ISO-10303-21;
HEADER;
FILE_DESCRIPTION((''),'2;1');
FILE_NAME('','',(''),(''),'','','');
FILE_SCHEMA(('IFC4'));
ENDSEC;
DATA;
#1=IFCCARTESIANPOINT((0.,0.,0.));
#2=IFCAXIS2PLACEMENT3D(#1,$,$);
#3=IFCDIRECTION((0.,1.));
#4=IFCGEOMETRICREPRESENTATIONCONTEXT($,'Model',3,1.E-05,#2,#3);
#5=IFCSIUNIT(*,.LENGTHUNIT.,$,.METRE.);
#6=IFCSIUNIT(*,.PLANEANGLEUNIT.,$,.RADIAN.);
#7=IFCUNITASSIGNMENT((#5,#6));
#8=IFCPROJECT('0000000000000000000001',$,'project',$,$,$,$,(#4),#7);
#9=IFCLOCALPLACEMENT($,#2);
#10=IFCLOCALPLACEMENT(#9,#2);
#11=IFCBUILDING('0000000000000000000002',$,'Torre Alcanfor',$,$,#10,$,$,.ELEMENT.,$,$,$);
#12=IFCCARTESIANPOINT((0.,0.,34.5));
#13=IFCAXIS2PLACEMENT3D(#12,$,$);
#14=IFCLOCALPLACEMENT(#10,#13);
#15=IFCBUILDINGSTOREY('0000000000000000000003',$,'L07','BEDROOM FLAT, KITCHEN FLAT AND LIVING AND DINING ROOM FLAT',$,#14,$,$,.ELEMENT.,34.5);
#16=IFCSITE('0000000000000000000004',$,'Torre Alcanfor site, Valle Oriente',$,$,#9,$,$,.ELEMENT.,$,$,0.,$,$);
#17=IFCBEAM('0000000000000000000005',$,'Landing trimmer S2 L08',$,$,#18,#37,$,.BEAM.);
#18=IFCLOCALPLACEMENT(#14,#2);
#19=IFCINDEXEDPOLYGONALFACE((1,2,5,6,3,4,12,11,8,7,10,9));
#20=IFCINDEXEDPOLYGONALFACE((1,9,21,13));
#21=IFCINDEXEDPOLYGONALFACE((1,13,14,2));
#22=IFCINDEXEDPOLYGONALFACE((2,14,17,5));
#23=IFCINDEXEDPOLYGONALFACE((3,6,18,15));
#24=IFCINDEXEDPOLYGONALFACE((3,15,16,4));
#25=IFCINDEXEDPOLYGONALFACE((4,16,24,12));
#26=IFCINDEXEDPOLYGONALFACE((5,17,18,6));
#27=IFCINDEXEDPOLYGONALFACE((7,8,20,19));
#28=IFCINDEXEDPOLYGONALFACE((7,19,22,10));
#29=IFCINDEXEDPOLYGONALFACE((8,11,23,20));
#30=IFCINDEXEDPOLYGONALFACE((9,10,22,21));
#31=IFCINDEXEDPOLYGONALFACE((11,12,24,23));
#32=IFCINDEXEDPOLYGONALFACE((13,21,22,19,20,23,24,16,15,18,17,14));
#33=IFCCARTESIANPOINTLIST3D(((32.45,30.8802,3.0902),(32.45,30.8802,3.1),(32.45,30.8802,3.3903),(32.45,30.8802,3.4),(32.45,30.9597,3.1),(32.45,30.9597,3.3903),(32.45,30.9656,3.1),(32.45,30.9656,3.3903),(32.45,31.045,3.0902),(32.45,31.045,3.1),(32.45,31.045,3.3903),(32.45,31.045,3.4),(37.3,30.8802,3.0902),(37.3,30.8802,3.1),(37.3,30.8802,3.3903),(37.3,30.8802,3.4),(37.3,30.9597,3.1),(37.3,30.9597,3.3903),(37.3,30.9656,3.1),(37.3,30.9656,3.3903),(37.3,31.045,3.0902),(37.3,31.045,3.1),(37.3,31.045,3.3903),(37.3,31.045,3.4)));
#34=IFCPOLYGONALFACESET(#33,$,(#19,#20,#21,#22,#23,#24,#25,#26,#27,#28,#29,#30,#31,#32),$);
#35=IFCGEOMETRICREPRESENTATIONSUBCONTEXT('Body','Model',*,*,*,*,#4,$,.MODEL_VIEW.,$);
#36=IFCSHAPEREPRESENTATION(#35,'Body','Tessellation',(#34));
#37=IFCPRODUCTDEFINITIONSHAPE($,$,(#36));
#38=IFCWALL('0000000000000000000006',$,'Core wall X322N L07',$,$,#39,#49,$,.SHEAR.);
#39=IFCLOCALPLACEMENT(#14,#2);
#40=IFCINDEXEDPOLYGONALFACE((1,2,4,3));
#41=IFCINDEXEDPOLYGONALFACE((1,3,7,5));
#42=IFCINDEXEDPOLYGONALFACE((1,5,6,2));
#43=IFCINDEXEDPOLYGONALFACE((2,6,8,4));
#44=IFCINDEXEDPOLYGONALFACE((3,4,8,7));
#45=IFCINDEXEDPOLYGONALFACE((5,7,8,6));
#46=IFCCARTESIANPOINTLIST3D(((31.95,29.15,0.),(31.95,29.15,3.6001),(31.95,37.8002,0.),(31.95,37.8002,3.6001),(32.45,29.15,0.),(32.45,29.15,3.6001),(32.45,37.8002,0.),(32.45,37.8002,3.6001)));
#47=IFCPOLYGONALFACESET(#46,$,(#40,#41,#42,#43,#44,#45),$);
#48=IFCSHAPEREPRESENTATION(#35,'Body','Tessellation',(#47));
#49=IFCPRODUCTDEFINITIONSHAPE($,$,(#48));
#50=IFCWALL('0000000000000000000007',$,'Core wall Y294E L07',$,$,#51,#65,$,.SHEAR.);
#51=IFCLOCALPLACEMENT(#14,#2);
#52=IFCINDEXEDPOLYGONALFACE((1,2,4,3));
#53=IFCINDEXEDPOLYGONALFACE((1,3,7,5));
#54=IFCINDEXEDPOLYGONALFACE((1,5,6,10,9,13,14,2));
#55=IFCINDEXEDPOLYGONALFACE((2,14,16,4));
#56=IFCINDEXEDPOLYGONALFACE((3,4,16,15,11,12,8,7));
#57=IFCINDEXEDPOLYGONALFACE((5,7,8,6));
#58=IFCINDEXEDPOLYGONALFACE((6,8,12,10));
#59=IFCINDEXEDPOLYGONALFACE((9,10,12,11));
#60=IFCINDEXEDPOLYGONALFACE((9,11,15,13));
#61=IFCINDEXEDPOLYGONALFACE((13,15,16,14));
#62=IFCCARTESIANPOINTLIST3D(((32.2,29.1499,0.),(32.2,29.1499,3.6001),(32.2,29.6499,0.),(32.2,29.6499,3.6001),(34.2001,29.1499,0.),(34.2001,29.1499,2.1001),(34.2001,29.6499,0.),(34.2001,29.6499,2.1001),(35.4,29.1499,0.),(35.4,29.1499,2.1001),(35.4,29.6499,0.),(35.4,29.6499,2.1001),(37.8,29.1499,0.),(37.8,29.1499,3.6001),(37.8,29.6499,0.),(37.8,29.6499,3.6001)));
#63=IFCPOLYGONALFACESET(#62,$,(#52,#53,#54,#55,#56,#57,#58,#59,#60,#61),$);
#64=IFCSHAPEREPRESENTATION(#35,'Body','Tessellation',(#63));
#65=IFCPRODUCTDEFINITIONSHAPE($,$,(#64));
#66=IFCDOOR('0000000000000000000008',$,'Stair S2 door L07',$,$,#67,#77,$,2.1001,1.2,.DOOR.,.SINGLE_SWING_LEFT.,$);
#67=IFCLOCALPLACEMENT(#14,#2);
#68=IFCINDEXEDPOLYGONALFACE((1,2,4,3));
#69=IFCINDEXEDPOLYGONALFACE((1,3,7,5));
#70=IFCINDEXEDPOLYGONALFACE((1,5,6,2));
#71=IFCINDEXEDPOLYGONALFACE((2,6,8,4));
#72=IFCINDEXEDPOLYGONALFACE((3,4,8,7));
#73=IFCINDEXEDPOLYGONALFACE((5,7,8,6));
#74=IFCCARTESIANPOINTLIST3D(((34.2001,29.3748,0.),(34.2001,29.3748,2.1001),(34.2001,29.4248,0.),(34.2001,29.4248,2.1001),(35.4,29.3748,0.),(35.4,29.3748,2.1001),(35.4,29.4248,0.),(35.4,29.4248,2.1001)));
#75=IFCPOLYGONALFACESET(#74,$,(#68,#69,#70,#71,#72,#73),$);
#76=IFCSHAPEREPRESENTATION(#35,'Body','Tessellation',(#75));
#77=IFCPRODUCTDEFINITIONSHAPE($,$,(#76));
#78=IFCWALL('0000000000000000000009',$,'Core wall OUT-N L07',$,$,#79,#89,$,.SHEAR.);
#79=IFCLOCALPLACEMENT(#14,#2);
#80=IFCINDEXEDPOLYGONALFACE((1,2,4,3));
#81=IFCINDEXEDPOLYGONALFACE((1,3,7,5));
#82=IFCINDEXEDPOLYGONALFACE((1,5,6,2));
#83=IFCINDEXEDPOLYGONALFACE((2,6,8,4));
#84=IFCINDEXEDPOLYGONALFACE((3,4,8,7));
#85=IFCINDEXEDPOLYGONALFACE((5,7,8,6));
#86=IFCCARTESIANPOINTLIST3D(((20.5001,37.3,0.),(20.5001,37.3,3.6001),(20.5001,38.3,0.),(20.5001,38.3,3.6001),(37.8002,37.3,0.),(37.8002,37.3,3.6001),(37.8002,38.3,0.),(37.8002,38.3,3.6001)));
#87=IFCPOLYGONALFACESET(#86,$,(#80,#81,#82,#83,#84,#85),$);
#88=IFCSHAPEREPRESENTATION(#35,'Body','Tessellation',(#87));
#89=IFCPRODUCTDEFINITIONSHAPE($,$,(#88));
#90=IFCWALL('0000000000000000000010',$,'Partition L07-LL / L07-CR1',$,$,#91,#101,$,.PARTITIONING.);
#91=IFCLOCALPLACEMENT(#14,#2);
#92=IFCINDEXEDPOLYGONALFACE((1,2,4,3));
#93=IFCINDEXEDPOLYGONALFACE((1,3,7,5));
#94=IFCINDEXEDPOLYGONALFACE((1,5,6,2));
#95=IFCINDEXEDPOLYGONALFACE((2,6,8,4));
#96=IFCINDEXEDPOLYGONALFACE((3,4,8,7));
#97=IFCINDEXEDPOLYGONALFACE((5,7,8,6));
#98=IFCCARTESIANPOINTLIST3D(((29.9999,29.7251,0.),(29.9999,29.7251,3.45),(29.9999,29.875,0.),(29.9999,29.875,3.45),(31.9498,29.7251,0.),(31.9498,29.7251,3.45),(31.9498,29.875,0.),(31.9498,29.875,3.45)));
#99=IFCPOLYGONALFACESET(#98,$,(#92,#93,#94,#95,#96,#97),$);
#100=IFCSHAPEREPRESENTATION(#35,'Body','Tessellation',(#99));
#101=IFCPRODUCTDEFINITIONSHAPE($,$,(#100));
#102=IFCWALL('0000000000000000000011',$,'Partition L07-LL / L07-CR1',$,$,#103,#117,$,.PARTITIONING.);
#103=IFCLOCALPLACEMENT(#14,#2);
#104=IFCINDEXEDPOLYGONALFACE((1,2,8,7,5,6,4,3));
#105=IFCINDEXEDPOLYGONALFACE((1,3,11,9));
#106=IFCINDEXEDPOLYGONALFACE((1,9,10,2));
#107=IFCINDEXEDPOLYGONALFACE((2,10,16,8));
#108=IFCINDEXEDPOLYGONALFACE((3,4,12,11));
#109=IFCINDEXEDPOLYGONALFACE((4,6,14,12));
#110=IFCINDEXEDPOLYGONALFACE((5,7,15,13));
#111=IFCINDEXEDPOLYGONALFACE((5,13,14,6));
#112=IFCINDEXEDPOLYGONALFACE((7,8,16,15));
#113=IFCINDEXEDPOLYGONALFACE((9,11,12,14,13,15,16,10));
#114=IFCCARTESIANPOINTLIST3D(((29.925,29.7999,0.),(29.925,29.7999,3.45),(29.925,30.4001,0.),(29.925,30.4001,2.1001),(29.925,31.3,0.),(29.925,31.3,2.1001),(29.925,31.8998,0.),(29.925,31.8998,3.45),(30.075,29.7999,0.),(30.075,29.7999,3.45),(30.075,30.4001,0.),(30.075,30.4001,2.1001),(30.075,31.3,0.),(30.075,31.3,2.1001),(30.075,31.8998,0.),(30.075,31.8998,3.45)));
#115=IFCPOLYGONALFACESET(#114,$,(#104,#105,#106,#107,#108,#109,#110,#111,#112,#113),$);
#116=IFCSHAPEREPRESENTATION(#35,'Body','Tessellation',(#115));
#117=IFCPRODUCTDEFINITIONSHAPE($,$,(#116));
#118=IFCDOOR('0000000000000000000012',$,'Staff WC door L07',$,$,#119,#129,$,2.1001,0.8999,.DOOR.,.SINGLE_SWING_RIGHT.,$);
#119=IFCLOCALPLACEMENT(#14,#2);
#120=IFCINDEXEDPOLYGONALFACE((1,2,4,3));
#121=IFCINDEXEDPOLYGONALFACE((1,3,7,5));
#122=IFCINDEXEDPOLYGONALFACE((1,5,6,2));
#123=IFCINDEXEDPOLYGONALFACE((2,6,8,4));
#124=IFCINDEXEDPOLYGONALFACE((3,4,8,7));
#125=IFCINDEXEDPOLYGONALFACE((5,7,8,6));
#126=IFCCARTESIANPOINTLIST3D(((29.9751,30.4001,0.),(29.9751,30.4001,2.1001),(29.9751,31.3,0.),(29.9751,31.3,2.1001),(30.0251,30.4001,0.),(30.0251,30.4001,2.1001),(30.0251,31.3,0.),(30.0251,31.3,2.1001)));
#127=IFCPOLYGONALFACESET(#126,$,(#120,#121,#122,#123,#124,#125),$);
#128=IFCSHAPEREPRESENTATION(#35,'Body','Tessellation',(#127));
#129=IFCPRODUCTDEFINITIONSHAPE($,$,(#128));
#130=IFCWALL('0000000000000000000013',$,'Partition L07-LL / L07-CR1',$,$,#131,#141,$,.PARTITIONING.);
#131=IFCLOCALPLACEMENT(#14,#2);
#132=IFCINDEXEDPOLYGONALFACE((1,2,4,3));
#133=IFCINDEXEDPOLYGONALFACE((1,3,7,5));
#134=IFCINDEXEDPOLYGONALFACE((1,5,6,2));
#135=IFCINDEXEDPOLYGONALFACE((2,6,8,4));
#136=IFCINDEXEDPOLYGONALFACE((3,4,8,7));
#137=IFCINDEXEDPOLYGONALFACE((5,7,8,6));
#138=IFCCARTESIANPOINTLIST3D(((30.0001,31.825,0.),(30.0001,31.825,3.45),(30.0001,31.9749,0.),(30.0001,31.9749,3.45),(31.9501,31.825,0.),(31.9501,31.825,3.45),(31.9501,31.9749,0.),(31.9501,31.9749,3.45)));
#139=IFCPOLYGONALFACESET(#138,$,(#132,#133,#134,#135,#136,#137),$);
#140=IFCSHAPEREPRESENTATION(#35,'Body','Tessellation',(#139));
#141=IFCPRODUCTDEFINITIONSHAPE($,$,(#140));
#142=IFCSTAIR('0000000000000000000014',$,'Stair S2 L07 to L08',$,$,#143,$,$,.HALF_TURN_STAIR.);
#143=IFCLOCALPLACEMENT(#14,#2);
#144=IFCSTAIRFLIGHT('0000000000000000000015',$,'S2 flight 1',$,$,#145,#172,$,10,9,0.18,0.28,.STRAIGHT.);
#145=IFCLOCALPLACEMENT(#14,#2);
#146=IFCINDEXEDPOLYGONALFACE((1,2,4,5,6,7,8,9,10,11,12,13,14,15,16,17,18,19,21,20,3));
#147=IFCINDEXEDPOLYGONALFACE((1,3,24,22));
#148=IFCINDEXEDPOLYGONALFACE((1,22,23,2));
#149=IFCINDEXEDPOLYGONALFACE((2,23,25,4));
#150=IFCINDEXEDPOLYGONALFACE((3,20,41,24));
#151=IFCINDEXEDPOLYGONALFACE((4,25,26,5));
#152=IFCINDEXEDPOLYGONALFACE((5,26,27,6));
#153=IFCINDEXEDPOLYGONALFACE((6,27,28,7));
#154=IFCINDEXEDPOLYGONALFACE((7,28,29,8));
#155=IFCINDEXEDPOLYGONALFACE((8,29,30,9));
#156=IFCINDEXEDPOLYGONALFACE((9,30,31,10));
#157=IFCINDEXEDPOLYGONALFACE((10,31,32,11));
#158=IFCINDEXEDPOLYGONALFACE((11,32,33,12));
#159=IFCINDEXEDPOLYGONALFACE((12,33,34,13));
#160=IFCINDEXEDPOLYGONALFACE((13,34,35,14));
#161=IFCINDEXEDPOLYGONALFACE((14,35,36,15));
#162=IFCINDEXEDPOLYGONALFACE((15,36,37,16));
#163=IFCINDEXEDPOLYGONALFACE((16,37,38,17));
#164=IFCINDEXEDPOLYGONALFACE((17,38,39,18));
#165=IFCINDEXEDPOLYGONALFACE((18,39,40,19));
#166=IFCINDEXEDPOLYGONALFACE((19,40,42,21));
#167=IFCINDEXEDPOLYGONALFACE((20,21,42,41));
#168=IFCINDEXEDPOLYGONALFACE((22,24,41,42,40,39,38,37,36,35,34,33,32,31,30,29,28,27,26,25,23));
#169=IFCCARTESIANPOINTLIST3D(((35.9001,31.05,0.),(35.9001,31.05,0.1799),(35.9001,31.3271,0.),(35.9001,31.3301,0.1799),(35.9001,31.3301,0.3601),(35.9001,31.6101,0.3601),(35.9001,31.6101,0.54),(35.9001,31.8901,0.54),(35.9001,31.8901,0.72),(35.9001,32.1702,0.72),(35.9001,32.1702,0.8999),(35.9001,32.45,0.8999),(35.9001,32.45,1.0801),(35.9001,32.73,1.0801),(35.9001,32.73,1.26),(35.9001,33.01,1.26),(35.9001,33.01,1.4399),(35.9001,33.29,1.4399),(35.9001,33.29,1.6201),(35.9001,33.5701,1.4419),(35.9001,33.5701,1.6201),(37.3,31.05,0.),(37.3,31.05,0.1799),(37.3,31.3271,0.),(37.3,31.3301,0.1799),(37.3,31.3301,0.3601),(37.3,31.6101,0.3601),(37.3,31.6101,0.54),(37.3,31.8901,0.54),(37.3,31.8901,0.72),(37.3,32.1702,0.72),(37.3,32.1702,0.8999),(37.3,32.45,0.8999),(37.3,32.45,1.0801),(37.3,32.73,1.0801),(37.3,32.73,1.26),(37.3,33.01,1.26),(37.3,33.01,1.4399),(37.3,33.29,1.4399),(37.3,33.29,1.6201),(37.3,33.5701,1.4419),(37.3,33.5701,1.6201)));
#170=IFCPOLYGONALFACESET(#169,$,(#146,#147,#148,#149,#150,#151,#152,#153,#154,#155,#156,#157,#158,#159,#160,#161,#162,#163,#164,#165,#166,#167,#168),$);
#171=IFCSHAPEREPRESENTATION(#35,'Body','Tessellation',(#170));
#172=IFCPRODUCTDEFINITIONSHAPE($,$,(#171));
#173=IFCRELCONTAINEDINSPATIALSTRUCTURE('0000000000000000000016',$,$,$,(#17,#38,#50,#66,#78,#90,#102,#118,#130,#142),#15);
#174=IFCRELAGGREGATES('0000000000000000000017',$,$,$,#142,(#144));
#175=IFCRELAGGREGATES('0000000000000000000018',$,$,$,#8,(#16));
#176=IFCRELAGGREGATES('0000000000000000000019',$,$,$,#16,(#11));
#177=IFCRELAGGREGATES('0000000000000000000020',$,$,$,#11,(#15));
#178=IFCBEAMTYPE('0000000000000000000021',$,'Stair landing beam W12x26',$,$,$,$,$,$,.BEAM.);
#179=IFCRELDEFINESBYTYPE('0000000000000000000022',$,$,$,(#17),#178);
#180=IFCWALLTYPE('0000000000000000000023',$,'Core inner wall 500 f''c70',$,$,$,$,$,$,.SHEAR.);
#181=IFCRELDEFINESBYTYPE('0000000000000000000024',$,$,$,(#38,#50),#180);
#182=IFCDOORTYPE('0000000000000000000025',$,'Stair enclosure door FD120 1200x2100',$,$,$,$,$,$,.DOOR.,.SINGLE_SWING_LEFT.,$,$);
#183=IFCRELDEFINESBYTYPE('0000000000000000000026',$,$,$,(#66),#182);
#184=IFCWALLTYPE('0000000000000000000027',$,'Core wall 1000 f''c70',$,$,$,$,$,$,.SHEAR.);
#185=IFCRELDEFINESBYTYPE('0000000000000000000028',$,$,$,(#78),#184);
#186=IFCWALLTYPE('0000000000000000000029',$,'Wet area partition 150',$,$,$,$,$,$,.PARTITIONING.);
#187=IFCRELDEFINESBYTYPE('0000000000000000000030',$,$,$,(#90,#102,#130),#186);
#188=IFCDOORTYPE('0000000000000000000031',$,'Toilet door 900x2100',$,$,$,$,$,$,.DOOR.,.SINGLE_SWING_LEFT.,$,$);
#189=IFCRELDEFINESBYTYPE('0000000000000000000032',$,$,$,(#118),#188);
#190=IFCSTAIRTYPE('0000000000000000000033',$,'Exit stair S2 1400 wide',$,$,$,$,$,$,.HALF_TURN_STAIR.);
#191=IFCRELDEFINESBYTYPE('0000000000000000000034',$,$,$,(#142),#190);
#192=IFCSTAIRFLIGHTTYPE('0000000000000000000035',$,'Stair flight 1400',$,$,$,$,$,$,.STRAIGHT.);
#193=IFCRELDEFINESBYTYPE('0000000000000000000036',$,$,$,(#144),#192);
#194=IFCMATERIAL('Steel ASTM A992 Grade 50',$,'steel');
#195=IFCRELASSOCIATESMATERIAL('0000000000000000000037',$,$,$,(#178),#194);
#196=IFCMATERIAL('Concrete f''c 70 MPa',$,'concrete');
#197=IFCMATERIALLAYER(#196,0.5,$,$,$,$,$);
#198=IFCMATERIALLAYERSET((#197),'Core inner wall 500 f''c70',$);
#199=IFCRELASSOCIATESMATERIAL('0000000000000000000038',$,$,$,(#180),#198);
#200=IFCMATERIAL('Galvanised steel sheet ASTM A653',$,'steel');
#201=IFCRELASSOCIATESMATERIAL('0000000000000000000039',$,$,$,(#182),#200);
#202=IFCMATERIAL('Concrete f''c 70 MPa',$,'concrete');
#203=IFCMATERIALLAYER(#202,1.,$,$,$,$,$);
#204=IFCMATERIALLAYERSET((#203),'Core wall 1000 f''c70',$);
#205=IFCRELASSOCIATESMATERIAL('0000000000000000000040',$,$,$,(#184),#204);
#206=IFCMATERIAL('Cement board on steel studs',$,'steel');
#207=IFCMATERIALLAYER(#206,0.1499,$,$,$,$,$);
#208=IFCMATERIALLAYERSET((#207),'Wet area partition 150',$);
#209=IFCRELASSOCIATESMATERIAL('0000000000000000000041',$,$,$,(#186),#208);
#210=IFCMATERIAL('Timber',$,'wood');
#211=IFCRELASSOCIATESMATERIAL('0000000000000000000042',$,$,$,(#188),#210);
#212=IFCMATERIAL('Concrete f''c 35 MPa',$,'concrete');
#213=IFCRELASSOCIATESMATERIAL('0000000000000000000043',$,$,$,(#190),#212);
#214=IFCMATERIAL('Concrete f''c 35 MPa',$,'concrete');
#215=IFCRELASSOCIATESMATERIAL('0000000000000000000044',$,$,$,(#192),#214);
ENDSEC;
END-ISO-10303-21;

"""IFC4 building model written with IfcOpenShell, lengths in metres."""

from ifc_helpers import new_model, si_unit, direction, frame, frame_2d, origin, origin_2d, place, context, subcontext, project, spatial, polyline, rectangle, i_section, outline, extrude, material, layer, layer_set, material_profile, profile_set, type_object, element, fill, aggregate, save


model = new_model("IFC4")

# Units and contexts
model_context = context("Model", 3, precision=1e-05, world=origin(), true_north=direction((0.0, 1.0)))
body_context = subcontext(model_context, "Body", "Model", "MODEL_VIEW")
ifc_project = project(units=[si_unit("LENGTHUNIT", "METRE"), si_unit("PLANEANGLEUNIT", "RADIAN")], contexts=[model_context])

# Site, building, storey
site_placement = place(None, origin())
site = spatial("IfcSite", under=ifc_project, at=site_placement, Name="Torre Alcanfor site, Valle Oriente", CompositionType="ELEMENT", RefElevation=0.0)
building_placement = place(site_placement, origin())
building = spatial("IfcBuilding", under=site, at=building_placement, Name="Torre Alcanfor", CompositionType="ELEMENT")
storey_placement = place(building_placement, frame((0.0, 0.0, 34.5)))
storey = spatial("IfcBuildingStorey", under=building, at=storey_placement, Name="L07", Description="BEDROOM FLAT, KITCHEN FLAT AND LIVING AND DINING ROOM FLAT", CompositionType="ELEMENT", Elevation=34.5)

# Beam
ifc_material_1 = material(Name="Steel ASTM A992 Grade 50", Category="steel")
ifc_material_profile = material_profile(ifc_material_1, i_section(OverallWidth=0.1648, OverallDepth=0.3098, WebThickness=0.0059, FlangeThickness=0.0098, at=origin_2d()), Name="W12x26")
ifc_profile_set = profile_set([ifc_material_profile], Name="Steel ASTM A992 Grade 50")
beam_type = type_object("IfcBeamType", Name="Stair landing beam W12x26", PredefinedType="BEAM", material=ifc_profile_set)
beam_placement = place(storey_placement, frame((32.45, 30.9626, 3.2451), z_axis=(1.0, 0.0, 0.0), x_axis=(0.0, 1.0, 0.0)))
element("IfcBeam", 1, at=beam_placement, inside=storey, type_object=beam_type, Name="Landing trimmer S2 L08", PredefinedType="BEAM", context=body_context, shape_type="SweptSolid", body=[
    extrude(i_section(OverallWidth=0.1648, OverallDepth=0.3098, WebThickness=0.0059, FlangeThickness=0.0098, at=origin_2d()), origin(), (0.0, 0.0, 1.0), 4.8501),
])

# Wall
ifc_material_2 = material(Name="Concrete f'c 70 MPa", Category="concrete")
ifc_layer_1 = layer(ifc_material_2, 0.5)
ifc_layer_set_1 = layer_set([ifc_layer_1], Name="Core inner wall 500 f'c70")
wall_type_1 = type_object("IfcWallType", Name="Core inner wall 500 f'c70", PredefinedType="SHEAR", material=ifc_layer_set_1)
wall_1_placement = place(storey_placement, frame((32.2, 29.1499, 0.0), z_axis=(0.0, 0.0, 1.0), x_axis=(0.0, 1.0, 0.0)))
element("IfcWall", 2, at=wall_1_placement, inside=storey, type_object=wall_type_1, Name="Core wall X322N L07", PredefinedType="SHEAR", context=body_context, shape_type="SweptSolid", body=[
    extrude(rectangle(XDim=8.6501, YDim=0.5, at=frame_2d((4.3252, 0.0))), origin(), (0.0, 0.0, 1.0), 3.6001),
])

# Wall, opening, door
wall_2_placement = place(storey_placement, frame((32.2, 29.3999, 0.0), z_axis=(0.0, 0.0, 1.0), x_axis=(1.0, 0.0, 0.0)))
wall_2 = element("IfcWall", 3, at=wall_2_placement, inside=storey, type_object=wall_type_1, Name="Core wall Y294E L07", PredefinedType="SHEAR", context=body_context, shape_type="SweptSolid", body=[
    extrude(rectangle(XDim=5.6001, YDim=0.5, at=frame_2d((2.8, 0.0))), origin(), (0.0, 0.0, 1.0), 3.6001),
])
opening_1_placement = place(wall_2_placement, frame((2.0, 0.0, 0.0)))
opening_1 = element("IfcOpeningElement", 4, at=opening_1_placement, cuts=wall_2, PredefinedType="OPENING", context=body_context, shape_type="SweptSolid", body=[
    extrude(rectangle(XDim=1.2, YDim=2.1001, at=frame_2d((0.6001, 1.05))), frame((0.0, 0.26, 0.0), z_axis=(0.0, -1.0, 0.0), x_axis=(1.0, 0.0, 0.0)), (0.0, 0.0, 1.0), 0.52),
])
ifc_material_3 = material(Name="Galvanised steel sheet ASTM A653", Category="steel")
door_type_1 = type_object("IfcDoorType", Name="Stair enclosure door FD120 1200x2100", OperationType="SINGLE_SWING_LEFT", PredefinedType="DOOR", material=ifc_material_3)
door_1_placement = place(opening_1_placement, origin())
door_1 = element("IfcDoor", 5, at=door_1_placement, inside=storey, type_object=door_type_1, Name="Stair S2 door L07", OperationType="SINGLE_SWING_LEFT", OverallHeight=2.1001, OverallWidth=1.2, PredefinedType="DOOR", context=body_context, shape_type="SweptSolid", body=[
    extrude(rectangle(XDim=1.2, YDim=2.1001, at=frame_2d((0.6001, 1.05))), frame((0.0, 0.0249, 0.0), z_axis=(0.0, -1.0, 0.0), x_axis=(1.0, 0.0, 0.0)), (0.0, 0.0, 1.0), 0.05),
])
fill(opening_1, door_1)

# Walls
ifc_material_4 = material(Name="Concrete f'c 70 MPa", Category="concrete")
ifc_layer_2 = layer(ifc_material_4, 1.0)
ifc_layer_set_2 = layer_set([ifc_layer_2], Name="Core wall 1000 f'c70")
wall_type_2 = type_object("IfcWallType", Name="Core wall 1000 f'c70", PredefinedType="SHEAR", material=ifc_layer_set_2)
wall_3_placement = place(storey_placement, frame((37.8, 37.8, 0.0), z_axis=(0.0, 0.0, 1.0), x_axis=(-1.0, 0.0, 0.0)))
element("IfcWall", 6, at=wall_3_placement, inside=storey, type_object=wall_type_2, Name="Core wall OUT-N L07", PredefinedType="SHEAR", context=body_context, shape_type="SweptSolid", body=[
    extrude(rectangle(XDim=17.3, YDim=1.0, at=frame_2d((8.6499, 0.0))), origin(), (0.0, 0.0, 1.0), 3.6001),
])
ifc_material_5 = material(Name="Cement board on steel studs", Category="steel")
ifc_layer_3 = layer(ifc_material_5, 0.1499)
ifc_layer_set_3 = layer_set([ifc_layer_3], Name="Wet area partition 150")
wall_type_3 = type_object("IfcWallType", Name="Wet area partition 150", PredefinedType="PARTITIONING", material=ifc_layer_set_3)
wall_4_placement = place(storey_placement, frame((31.95, 29.8, 0.0), z_axis=(0.0, 0.0, 1.0), x_axis=(-1.0, 0.0, 0.0)))
element("IfcWall", 7, at=wall_4_placement, inside=storey, type_object=wall_type_3, Name="Partition L07-LL / L07-CR1", PredefinedType="PARTITIONING", context=body_context, shape_type="SweptSolid", body=[
    extrude(rectangle(XDim=1.95, YDim=0.1499, at=frame_2d((0.9751, 0.0))), origin(), (0.0, 0.0, 1.0), 3.45),
])

# Wall, opening, door
wall_5_placement = place(storey_placement, frame((30.0, 29.8, 0.0), z_axis=(0.0, 0.0, 1.0), x_axis=(0.0, 1.0, 0.0)))
wall_5 = element("IfcWall", 8, at=wall_5_placement, inside=storey, type_object=wall_type_3, Name="Partition L07-LL / L07-CR1", PredefinedType="PARTITIONING", context=body_context, shape_type="SweptSolid", body=[
    extrude(rectangle(XDim=2.0999, YDim=0.1499, at=frame_2d((1.0498, 0.0))), origin(), (0.0, 0.0, 1.0), 3.45),
])
opening_2_placement = place(wall_5_placement, frame((0.6001, 0.0, 0.0)))
opening_2 = element("IfcOpeningElement", 9, at=opening_2_placement, cuts=wall_5, PredefinedType="OPENING", context=body_context, shape_type="SweptSolid", body=[
    extrude(rectangle(XDim=0.8999, YDim=2.1001, at=frame_2d((0.45, 1.05))), frame((0.0, 0.085, 0.0), z_axis=(0.0, -1.0, 0.0), x_axis=(1.0, 0.0, 0.0)), (0.0, 0.0, 1.0), 0.1699),
])
ifc_material_6 = material(Name="Timber", Category="wood")
door_type_2 = type_object("IfcDoorType", Name="Toilet door 900x2100", OperationType="SINGLE_SWING_LEFT", PredefinedType="DOOR", material=ifc_material_6)
door_2_placement = place(opening_2_placement, frame((0.8999, 0.0, 0.0), z_axis=(0.0, 0.0, 1.0), x_axis=(-1.0, 0.0, 0.0)))
door_2 = element("IfcDoor", 10, at=door_2_placement, inside=storey, type_object=door_type_2, Name="Staff WC door L07", OperationType="SINGLE_SWING_RIGHT", OverallHeight=2.1001, OverallWidth=0.8999, PredefinedType="DOOR", context=body_context, shape_type="SweptSolid", body=[
    extrude(rectangle(XDim=0.8999, YDim=2.1001, at=frame_2d((0.45, 1.05))), frame((0.0, 0.0251, 0.0), z_axis=(0.0, -1.0, 0.0), x_axis=(1.0, 0.0, 0.0)), (0.0, 0.0, 1.0), 0.05),
])
fill(opening_2, door_2)

# Wall
wall_6_placement = place(storey_placement, frame((30.0, 31.8999, 0.0), z_axis=(0.0, 0.0, 1.0), x_axis=(1.0, 0.0, 0.0)))
element("IfcWall", 11, at=wall_6_placement, inside=storey, type_object=wall_type_3, Name="Partition L07-LL / L07-CR1", PredefinedType="PARTITIONING", context=body_context, shape_type="SweptSolid", body=[
    extrude(rectangle(XDim=1.95, YDim=0.1499, at=frame_2d((0.9751, 0.0))), origin(), (0.0, 0.0, 1.0), 3.45),
])

# Stair, stair flight
ifc_material_7 = material(Name="Concrete f'c 35 MPa", Category="concrete")
stair_type = type_object("IfcStairType", Name="Exit stair S2 1400 wide", PredefinedType="HALF_TURN_STAIR", material=ifc_material_7)
stair_placement = place(storey_placement, origin())
stair = element("IfcStair", 12, at=stair_placement, inside=storey, type_object=stair_type, Name="Stair S2 L07 to L08", PredefinedType="HALF_TURN_STAIR")
ifc_material_8 = material(Name="Concrete f'c 35 MPa", Category="concrete")
stair_flight_type = type_object("IfcStairFlightType", Name="Stair flight 1400", PredefinedType="STRAIGHT", material=ifc_material_8)
stair_flight_1_placement = place(storey_placement, frame((36.6001, 31.05, 0.0), z_axis=(0.0, 0.0, 1.0), x_axis=(0.0, 1.0, 0.0)))
stair_flight_1 = element("IfcStairFlight", 13, at=stair_flight_1_placement, type_object=stair_flight_type, Name="S2 flight 1", NumberOfRisers=10, NumberOfTreads=9, PredefinedType="STRAIGHT", RiserHeight=0.18, TreadLength=0.28, context=body_context, shape_type="SweptSolid", body=[
    extrude(outline(polyline([(0.0, 0.0), (0.0, 0.1799), (0.28, 0.1799), (0.28, 0.3601), (0.5601, 0.3601), (0.5601, 0.54), (0.8401, 0.54), (0.8401, 0.72), (1.1201, 0.72), (1.1201, 0.8999), (1.3999, 0.8999), (1.3999, 1.0801), (1.6799, 1.0801), (1.6799, 1.26), (1.96, 1.26), (1.96, 1.4399), (2.24, 1.4399), (2.24, 1.6201), (2.52, 1.6201), (2.52, 1.8), (2.52, 1.4419), (0.2771, 0.0), (0.0, 0.0)])), frame((0.0, 0.7, 0.0), z_axis=(0.0, -1.0, 0.0), x_axis=(1.0, 0.0, 0.0)), (0.0, 0.0, 1.0), 1.3999),
])
aggregate(stair, [stair_flight_1])

save(model, "model.ifc")
